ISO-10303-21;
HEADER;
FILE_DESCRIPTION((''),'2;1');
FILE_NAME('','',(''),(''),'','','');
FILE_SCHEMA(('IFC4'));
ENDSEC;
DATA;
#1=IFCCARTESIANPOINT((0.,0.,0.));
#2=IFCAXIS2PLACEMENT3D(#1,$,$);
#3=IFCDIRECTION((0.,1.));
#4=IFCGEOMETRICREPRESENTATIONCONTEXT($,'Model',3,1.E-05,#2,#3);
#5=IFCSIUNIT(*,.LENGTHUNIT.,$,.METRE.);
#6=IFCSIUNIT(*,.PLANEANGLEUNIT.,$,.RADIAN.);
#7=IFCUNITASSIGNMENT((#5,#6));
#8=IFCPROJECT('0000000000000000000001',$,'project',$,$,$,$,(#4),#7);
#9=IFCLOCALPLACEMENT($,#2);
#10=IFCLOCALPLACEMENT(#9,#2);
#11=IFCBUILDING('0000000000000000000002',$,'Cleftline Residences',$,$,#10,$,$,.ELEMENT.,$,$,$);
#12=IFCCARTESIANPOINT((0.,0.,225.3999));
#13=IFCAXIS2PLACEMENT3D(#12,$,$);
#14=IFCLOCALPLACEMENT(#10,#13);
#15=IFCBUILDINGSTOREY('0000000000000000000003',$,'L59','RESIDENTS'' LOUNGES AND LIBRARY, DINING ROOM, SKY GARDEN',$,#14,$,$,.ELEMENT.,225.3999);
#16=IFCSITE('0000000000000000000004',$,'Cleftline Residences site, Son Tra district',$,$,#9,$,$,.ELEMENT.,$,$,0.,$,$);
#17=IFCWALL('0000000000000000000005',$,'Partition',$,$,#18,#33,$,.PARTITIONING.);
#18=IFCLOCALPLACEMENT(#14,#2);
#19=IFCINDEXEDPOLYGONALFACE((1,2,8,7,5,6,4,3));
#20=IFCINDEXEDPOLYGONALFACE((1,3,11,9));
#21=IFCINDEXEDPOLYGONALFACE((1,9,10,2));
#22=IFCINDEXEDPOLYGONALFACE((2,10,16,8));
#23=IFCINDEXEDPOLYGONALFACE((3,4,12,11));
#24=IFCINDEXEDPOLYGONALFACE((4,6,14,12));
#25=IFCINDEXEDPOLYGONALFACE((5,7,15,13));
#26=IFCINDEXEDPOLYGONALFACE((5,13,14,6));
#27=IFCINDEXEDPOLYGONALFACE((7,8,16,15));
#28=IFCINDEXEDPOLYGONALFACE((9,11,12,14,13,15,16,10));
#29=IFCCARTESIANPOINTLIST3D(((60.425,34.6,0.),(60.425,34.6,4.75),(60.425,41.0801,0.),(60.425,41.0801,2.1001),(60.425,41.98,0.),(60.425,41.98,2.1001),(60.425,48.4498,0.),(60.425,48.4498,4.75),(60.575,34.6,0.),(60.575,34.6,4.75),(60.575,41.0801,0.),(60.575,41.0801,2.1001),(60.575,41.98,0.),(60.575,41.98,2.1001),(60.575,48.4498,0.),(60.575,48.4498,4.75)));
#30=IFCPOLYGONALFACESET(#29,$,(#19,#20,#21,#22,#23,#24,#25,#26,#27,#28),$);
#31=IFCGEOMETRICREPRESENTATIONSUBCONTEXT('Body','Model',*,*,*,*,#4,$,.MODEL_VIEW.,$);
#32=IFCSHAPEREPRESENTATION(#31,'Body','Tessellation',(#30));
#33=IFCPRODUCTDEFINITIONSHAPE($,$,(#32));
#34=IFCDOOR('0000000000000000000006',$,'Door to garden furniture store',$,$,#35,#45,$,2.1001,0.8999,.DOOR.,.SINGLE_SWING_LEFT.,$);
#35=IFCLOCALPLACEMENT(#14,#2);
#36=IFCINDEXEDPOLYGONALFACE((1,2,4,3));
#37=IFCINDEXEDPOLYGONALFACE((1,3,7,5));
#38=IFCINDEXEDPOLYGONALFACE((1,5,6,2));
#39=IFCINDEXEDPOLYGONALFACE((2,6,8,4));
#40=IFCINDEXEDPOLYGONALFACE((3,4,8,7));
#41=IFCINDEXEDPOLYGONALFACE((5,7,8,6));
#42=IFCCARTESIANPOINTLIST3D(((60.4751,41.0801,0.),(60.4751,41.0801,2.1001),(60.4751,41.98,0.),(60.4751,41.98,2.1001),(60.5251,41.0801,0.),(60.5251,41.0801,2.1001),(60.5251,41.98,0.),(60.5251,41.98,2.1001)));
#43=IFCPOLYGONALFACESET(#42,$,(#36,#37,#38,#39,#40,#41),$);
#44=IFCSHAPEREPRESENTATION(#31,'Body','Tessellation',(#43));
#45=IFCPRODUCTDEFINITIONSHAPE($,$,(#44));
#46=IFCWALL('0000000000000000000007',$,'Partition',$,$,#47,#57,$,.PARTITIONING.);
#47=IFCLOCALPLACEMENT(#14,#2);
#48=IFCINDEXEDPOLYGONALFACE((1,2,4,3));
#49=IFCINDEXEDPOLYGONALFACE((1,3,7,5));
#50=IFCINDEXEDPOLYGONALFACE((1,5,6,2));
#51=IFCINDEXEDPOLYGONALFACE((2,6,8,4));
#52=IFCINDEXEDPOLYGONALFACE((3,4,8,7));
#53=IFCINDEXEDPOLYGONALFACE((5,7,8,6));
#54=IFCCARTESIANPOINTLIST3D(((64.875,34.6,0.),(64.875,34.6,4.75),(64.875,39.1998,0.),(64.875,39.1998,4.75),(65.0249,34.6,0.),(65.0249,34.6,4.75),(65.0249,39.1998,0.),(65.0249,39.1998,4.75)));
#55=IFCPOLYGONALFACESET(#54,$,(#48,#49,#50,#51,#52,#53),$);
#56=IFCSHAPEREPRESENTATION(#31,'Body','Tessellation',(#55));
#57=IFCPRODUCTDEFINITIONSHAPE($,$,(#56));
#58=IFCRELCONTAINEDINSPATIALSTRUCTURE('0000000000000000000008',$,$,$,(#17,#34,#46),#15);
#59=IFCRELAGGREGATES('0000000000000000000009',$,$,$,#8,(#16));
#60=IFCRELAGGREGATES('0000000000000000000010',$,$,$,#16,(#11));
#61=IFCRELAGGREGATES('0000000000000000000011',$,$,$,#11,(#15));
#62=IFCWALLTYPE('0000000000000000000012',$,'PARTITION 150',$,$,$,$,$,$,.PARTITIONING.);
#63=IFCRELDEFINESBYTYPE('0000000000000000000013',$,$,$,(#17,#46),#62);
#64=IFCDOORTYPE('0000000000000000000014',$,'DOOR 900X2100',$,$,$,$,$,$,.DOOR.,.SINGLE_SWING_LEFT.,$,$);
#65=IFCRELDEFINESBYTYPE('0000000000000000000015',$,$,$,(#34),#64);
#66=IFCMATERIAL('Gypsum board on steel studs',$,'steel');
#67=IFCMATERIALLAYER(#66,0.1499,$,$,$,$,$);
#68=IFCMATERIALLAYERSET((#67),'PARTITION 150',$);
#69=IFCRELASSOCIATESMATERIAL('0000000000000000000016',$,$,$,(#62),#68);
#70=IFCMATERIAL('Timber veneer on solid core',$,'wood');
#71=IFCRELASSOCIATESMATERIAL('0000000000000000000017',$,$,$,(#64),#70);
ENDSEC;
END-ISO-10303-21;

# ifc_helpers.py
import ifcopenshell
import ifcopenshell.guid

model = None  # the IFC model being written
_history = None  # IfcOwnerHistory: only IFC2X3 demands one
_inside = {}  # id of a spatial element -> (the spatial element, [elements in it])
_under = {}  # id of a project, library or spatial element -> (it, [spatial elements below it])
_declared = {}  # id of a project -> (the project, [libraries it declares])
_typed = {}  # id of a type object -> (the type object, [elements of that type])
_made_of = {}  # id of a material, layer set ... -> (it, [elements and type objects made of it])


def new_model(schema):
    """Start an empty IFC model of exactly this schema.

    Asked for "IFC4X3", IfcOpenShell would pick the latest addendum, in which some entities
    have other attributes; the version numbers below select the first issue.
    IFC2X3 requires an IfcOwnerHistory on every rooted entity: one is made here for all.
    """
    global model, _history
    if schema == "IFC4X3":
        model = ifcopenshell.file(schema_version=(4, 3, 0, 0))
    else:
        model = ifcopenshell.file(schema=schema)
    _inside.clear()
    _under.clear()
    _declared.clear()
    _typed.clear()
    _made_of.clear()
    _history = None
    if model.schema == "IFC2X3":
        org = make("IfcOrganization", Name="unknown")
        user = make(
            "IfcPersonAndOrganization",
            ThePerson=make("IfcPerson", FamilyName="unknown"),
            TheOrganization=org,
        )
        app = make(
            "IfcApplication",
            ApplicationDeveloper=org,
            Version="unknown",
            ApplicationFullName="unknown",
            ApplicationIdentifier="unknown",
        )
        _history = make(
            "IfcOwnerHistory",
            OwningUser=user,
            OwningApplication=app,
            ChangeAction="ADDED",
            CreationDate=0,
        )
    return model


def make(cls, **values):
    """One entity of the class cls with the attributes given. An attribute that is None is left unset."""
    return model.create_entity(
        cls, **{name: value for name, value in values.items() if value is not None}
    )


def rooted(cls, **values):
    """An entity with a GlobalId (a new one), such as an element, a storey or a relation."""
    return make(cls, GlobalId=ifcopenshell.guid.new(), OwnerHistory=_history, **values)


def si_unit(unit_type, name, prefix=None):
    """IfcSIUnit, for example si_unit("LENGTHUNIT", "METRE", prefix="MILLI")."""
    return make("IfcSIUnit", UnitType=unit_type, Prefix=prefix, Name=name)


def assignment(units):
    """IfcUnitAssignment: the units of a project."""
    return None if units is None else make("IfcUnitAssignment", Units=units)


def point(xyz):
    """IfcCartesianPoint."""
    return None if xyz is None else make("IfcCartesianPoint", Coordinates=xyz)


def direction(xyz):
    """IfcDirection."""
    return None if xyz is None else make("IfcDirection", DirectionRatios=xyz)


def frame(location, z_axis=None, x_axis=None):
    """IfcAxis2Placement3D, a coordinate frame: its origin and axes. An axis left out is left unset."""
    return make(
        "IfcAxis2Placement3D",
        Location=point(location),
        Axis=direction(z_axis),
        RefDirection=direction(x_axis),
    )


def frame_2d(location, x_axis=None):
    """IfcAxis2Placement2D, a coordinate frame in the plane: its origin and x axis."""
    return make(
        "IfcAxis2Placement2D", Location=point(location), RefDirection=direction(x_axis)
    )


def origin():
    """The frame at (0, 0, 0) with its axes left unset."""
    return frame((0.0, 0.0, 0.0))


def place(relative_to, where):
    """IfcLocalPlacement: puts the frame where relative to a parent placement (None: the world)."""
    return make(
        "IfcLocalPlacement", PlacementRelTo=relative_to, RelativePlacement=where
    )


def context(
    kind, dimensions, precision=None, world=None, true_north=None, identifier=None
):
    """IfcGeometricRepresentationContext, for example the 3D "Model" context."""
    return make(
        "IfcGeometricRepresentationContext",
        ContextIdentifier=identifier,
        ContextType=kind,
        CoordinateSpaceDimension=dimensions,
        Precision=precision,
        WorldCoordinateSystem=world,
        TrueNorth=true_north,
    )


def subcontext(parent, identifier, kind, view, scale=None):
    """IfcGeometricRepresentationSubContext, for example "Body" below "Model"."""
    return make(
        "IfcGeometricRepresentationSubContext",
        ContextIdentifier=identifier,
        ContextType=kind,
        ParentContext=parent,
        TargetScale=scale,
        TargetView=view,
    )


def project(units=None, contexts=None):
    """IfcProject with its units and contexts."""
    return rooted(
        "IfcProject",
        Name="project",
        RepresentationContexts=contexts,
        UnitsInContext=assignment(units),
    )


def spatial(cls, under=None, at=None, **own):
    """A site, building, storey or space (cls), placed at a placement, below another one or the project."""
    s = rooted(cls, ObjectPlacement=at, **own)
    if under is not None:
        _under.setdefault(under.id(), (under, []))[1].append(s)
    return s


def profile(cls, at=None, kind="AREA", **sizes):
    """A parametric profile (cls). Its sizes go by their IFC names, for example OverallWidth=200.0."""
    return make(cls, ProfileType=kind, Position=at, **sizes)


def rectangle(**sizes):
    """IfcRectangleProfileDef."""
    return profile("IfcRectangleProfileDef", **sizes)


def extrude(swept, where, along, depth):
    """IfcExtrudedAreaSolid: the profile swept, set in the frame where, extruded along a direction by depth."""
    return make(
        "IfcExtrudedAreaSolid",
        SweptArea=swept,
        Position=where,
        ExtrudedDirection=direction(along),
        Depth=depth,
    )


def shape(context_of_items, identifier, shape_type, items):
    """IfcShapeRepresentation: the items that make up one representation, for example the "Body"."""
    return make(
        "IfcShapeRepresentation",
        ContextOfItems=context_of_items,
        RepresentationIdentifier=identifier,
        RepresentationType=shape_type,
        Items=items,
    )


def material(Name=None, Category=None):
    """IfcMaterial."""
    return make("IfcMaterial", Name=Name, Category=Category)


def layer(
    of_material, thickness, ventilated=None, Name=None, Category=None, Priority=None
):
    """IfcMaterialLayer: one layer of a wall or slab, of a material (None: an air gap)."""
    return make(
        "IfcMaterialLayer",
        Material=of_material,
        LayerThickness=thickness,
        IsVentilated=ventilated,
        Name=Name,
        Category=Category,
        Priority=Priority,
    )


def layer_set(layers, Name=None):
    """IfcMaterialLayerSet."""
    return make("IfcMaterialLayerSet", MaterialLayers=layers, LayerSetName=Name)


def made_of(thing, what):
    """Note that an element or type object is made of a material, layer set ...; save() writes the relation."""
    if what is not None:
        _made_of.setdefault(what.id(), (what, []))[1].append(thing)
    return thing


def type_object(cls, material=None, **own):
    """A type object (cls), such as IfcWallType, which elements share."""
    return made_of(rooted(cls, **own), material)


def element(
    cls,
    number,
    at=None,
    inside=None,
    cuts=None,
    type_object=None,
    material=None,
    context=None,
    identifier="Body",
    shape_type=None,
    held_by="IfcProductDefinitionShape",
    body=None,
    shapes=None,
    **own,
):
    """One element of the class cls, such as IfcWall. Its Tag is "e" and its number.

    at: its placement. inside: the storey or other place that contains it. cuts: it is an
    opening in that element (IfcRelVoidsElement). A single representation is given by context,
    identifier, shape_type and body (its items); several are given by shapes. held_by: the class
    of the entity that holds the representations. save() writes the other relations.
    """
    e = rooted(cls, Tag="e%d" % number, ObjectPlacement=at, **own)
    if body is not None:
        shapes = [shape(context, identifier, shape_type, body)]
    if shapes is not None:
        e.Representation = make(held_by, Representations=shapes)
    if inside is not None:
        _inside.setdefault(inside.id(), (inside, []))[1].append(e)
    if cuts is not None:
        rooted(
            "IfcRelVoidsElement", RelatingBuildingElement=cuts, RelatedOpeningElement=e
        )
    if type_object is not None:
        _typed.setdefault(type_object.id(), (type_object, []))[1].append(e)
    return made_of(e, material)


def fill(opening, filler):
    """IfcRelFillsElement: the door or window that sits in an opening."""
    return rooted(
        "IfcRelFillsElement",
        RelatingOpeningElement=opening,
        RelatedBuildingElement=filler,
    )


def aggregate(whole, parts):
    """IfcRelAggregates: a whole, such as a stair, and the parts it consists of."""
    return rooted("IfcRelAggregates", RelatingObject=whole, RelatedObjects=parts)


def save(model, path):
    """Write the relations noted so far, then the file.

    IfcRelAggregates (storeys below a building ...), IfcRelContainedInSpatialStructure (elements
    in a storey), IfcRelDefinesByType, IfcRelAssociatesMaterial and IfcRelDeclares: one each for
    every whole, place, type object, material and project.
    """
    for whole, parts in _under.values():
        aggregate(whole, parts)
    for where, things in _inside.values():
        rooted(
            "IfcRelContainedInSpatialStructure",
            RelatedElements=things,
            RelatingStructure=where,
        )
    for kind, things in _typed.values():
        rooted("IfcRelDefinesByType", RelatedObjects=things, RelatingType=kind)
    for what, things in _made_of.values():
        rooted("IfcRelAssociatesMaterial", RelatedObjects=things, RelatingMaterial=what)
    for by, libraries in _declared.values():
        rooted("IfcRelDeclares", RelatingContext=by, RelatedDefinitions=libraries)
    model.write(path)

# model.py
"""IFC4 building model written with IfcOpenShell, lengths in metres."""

from ifc_helpers import new_model, si_unit, direction, frame, frame_2d, origin, place, context, subcontext, project, spatial, rectangle, extrude, material, layer, layer_set, type_object, element, fill, save


model = new_model("IFC4")

# Units and contexts
model_context = context("Model", 3, precision=1e-05, world=origin(), true_north=direction((0.0, 1.0)))
body_context = subcontext(model_context, "Body", "Model", "MODEL_VIEW")
ifc_project = project(units=[si_unit("LENGTHUNIT", "METRE"), si_unit("PLANEANGLEUNIT", "RADIAN")], contexts=[model_context])

# Site, building, storey
site_placement = place(None, origin())
site = spatial("IfcSite", under=ifc_project, at=site_placement, Name="Cleftline Residences site, Son Tra district", CompositionType="ELEMENT", RefElevation=0.0)
building_placement = place(site_placement, origin())
building = spatial("IfcBuilding", under=site, at=building_placement, Name="Cleftline Residences", CompositionType="ELEMENT")
storey_placement = place(building_placement, frame((0.0, 0.0, 225.3999)))
storey = spatial("IfcBuildingStorey", under=building, at=storey_placement, Name="L59", Description="RESIDENTS' LOUNGES AND LIBRARY, DINING ROOM, SKY GARDEN", CompositionType="ELEMENT", Elevation=225.3999)

# Wall, opening, door
ifc_material_1 = material(Name="Gypsum board on steel studs", Category="steel")
ifc_layer_1 = layer(ifc_material_1, 0.1499)
ifc_layer_set_1 = layer_set([ifc_layer_1], Name="PARTITION 150")
wall_type_1 = type_object("IfcWallType", Name="PARTITION 150", PredefinedType="PARTITIONING", material=ifc_layer_set_1)
ifc_material_2 = material(Name="Timber veneer on solid core", Category="wood")
door_type = type_object("IfcDoorType", Name="DOOR 900X2100", OperationType="SINGLE_SWING_LEFT", PredefinedType="DOOR", material=ifc_material_2)
wall_1_placement = place(storey_placement, frame((60.5, 34.6001, 0.0), z_axis=(0.0, 0.0, 1.0), x_axis=(0.0, 1.0, 0.0)))
wall_1 = element("IfcWall", 1, at=wall_1_placement, inside=storey, type_object=wall_type_1, Name="Partition", PredefinedType="PARTITIONING", context=body_context, shape_type="SweptSolid", body=[
    extrude(rectangle(XDim=13.8499, YDim=0.1499, at=frame_2d((6.9248, 0.0))), origin(), (0.0, 0.0, 1.0), 4.75),
])
opening_1_placement = place(wall_1_placement, frame((6.48, 0.0, 0.0)))
opening_1 = element("IfcOpeningElement", 2, at=opening_1_placement, cuts=wall_1, PredefinedType="OPENING", context=body_context, shape_type="SweptSolid", body=[
    extrude(rectangle(XDim=0.8999, YDim=2.1001, at=frame_2d((0.45, 1.05))), frame((0.0, 0.085, 0.0), z_axis=(0.0, -1.0, 0.0), x_axis=(1.0, 0.0, 0.0)), (0.0, 0.0, 1.0), 0.1699),
])
door_1_placement = place(opening_1_placement, origin())
door_1 = element("IfcDoor", 3, at=door_1_placement, inside=storey, type_object=door_type, Name="Door to garden furniture store", OperationType="SINGLE_SWING_LEFT", OverallHeight=2.1001, OverallWidth=0.8999, PredefinedType="DOOR", context=body_context, shape_type="SweptSolid", body=[
    extrude(rectangle(XDim=0.8999, YDim=2.1001, at=frame_2d((0.45, 1.05))), frame((0.0, 0.0249, 0.0), z_axis=(0.0, -1.0, 0.0), x_axis=(1.0, 0.0, 0.0)), (0.0, 0.0, 1.0), 0.05),
])
fill(opening_1, door_1)

# Wall
wall_2_placement = place(storey_placement, frame((64.95, 34.6001, 0.0), z_axis=(0.0, 0.0, 1.0), x_axis=(0.0, 1.0, 0.0)))
element("IfcWall", 4, at=wall_2_placement, inside=storey, type_object=wall_type_1, Name="Partition", PredefinedType="PARTITIONING", context=body_context, shape_type="SweptSolid", body=[
    extrude(rectangle(XDim=4.5999, YDim=0.1499, at=frame_2d((2.2998, 0.0))), origin(), (0.0, 0.0, 1.0), 4.75),
])

save(model, "model.ifc")
